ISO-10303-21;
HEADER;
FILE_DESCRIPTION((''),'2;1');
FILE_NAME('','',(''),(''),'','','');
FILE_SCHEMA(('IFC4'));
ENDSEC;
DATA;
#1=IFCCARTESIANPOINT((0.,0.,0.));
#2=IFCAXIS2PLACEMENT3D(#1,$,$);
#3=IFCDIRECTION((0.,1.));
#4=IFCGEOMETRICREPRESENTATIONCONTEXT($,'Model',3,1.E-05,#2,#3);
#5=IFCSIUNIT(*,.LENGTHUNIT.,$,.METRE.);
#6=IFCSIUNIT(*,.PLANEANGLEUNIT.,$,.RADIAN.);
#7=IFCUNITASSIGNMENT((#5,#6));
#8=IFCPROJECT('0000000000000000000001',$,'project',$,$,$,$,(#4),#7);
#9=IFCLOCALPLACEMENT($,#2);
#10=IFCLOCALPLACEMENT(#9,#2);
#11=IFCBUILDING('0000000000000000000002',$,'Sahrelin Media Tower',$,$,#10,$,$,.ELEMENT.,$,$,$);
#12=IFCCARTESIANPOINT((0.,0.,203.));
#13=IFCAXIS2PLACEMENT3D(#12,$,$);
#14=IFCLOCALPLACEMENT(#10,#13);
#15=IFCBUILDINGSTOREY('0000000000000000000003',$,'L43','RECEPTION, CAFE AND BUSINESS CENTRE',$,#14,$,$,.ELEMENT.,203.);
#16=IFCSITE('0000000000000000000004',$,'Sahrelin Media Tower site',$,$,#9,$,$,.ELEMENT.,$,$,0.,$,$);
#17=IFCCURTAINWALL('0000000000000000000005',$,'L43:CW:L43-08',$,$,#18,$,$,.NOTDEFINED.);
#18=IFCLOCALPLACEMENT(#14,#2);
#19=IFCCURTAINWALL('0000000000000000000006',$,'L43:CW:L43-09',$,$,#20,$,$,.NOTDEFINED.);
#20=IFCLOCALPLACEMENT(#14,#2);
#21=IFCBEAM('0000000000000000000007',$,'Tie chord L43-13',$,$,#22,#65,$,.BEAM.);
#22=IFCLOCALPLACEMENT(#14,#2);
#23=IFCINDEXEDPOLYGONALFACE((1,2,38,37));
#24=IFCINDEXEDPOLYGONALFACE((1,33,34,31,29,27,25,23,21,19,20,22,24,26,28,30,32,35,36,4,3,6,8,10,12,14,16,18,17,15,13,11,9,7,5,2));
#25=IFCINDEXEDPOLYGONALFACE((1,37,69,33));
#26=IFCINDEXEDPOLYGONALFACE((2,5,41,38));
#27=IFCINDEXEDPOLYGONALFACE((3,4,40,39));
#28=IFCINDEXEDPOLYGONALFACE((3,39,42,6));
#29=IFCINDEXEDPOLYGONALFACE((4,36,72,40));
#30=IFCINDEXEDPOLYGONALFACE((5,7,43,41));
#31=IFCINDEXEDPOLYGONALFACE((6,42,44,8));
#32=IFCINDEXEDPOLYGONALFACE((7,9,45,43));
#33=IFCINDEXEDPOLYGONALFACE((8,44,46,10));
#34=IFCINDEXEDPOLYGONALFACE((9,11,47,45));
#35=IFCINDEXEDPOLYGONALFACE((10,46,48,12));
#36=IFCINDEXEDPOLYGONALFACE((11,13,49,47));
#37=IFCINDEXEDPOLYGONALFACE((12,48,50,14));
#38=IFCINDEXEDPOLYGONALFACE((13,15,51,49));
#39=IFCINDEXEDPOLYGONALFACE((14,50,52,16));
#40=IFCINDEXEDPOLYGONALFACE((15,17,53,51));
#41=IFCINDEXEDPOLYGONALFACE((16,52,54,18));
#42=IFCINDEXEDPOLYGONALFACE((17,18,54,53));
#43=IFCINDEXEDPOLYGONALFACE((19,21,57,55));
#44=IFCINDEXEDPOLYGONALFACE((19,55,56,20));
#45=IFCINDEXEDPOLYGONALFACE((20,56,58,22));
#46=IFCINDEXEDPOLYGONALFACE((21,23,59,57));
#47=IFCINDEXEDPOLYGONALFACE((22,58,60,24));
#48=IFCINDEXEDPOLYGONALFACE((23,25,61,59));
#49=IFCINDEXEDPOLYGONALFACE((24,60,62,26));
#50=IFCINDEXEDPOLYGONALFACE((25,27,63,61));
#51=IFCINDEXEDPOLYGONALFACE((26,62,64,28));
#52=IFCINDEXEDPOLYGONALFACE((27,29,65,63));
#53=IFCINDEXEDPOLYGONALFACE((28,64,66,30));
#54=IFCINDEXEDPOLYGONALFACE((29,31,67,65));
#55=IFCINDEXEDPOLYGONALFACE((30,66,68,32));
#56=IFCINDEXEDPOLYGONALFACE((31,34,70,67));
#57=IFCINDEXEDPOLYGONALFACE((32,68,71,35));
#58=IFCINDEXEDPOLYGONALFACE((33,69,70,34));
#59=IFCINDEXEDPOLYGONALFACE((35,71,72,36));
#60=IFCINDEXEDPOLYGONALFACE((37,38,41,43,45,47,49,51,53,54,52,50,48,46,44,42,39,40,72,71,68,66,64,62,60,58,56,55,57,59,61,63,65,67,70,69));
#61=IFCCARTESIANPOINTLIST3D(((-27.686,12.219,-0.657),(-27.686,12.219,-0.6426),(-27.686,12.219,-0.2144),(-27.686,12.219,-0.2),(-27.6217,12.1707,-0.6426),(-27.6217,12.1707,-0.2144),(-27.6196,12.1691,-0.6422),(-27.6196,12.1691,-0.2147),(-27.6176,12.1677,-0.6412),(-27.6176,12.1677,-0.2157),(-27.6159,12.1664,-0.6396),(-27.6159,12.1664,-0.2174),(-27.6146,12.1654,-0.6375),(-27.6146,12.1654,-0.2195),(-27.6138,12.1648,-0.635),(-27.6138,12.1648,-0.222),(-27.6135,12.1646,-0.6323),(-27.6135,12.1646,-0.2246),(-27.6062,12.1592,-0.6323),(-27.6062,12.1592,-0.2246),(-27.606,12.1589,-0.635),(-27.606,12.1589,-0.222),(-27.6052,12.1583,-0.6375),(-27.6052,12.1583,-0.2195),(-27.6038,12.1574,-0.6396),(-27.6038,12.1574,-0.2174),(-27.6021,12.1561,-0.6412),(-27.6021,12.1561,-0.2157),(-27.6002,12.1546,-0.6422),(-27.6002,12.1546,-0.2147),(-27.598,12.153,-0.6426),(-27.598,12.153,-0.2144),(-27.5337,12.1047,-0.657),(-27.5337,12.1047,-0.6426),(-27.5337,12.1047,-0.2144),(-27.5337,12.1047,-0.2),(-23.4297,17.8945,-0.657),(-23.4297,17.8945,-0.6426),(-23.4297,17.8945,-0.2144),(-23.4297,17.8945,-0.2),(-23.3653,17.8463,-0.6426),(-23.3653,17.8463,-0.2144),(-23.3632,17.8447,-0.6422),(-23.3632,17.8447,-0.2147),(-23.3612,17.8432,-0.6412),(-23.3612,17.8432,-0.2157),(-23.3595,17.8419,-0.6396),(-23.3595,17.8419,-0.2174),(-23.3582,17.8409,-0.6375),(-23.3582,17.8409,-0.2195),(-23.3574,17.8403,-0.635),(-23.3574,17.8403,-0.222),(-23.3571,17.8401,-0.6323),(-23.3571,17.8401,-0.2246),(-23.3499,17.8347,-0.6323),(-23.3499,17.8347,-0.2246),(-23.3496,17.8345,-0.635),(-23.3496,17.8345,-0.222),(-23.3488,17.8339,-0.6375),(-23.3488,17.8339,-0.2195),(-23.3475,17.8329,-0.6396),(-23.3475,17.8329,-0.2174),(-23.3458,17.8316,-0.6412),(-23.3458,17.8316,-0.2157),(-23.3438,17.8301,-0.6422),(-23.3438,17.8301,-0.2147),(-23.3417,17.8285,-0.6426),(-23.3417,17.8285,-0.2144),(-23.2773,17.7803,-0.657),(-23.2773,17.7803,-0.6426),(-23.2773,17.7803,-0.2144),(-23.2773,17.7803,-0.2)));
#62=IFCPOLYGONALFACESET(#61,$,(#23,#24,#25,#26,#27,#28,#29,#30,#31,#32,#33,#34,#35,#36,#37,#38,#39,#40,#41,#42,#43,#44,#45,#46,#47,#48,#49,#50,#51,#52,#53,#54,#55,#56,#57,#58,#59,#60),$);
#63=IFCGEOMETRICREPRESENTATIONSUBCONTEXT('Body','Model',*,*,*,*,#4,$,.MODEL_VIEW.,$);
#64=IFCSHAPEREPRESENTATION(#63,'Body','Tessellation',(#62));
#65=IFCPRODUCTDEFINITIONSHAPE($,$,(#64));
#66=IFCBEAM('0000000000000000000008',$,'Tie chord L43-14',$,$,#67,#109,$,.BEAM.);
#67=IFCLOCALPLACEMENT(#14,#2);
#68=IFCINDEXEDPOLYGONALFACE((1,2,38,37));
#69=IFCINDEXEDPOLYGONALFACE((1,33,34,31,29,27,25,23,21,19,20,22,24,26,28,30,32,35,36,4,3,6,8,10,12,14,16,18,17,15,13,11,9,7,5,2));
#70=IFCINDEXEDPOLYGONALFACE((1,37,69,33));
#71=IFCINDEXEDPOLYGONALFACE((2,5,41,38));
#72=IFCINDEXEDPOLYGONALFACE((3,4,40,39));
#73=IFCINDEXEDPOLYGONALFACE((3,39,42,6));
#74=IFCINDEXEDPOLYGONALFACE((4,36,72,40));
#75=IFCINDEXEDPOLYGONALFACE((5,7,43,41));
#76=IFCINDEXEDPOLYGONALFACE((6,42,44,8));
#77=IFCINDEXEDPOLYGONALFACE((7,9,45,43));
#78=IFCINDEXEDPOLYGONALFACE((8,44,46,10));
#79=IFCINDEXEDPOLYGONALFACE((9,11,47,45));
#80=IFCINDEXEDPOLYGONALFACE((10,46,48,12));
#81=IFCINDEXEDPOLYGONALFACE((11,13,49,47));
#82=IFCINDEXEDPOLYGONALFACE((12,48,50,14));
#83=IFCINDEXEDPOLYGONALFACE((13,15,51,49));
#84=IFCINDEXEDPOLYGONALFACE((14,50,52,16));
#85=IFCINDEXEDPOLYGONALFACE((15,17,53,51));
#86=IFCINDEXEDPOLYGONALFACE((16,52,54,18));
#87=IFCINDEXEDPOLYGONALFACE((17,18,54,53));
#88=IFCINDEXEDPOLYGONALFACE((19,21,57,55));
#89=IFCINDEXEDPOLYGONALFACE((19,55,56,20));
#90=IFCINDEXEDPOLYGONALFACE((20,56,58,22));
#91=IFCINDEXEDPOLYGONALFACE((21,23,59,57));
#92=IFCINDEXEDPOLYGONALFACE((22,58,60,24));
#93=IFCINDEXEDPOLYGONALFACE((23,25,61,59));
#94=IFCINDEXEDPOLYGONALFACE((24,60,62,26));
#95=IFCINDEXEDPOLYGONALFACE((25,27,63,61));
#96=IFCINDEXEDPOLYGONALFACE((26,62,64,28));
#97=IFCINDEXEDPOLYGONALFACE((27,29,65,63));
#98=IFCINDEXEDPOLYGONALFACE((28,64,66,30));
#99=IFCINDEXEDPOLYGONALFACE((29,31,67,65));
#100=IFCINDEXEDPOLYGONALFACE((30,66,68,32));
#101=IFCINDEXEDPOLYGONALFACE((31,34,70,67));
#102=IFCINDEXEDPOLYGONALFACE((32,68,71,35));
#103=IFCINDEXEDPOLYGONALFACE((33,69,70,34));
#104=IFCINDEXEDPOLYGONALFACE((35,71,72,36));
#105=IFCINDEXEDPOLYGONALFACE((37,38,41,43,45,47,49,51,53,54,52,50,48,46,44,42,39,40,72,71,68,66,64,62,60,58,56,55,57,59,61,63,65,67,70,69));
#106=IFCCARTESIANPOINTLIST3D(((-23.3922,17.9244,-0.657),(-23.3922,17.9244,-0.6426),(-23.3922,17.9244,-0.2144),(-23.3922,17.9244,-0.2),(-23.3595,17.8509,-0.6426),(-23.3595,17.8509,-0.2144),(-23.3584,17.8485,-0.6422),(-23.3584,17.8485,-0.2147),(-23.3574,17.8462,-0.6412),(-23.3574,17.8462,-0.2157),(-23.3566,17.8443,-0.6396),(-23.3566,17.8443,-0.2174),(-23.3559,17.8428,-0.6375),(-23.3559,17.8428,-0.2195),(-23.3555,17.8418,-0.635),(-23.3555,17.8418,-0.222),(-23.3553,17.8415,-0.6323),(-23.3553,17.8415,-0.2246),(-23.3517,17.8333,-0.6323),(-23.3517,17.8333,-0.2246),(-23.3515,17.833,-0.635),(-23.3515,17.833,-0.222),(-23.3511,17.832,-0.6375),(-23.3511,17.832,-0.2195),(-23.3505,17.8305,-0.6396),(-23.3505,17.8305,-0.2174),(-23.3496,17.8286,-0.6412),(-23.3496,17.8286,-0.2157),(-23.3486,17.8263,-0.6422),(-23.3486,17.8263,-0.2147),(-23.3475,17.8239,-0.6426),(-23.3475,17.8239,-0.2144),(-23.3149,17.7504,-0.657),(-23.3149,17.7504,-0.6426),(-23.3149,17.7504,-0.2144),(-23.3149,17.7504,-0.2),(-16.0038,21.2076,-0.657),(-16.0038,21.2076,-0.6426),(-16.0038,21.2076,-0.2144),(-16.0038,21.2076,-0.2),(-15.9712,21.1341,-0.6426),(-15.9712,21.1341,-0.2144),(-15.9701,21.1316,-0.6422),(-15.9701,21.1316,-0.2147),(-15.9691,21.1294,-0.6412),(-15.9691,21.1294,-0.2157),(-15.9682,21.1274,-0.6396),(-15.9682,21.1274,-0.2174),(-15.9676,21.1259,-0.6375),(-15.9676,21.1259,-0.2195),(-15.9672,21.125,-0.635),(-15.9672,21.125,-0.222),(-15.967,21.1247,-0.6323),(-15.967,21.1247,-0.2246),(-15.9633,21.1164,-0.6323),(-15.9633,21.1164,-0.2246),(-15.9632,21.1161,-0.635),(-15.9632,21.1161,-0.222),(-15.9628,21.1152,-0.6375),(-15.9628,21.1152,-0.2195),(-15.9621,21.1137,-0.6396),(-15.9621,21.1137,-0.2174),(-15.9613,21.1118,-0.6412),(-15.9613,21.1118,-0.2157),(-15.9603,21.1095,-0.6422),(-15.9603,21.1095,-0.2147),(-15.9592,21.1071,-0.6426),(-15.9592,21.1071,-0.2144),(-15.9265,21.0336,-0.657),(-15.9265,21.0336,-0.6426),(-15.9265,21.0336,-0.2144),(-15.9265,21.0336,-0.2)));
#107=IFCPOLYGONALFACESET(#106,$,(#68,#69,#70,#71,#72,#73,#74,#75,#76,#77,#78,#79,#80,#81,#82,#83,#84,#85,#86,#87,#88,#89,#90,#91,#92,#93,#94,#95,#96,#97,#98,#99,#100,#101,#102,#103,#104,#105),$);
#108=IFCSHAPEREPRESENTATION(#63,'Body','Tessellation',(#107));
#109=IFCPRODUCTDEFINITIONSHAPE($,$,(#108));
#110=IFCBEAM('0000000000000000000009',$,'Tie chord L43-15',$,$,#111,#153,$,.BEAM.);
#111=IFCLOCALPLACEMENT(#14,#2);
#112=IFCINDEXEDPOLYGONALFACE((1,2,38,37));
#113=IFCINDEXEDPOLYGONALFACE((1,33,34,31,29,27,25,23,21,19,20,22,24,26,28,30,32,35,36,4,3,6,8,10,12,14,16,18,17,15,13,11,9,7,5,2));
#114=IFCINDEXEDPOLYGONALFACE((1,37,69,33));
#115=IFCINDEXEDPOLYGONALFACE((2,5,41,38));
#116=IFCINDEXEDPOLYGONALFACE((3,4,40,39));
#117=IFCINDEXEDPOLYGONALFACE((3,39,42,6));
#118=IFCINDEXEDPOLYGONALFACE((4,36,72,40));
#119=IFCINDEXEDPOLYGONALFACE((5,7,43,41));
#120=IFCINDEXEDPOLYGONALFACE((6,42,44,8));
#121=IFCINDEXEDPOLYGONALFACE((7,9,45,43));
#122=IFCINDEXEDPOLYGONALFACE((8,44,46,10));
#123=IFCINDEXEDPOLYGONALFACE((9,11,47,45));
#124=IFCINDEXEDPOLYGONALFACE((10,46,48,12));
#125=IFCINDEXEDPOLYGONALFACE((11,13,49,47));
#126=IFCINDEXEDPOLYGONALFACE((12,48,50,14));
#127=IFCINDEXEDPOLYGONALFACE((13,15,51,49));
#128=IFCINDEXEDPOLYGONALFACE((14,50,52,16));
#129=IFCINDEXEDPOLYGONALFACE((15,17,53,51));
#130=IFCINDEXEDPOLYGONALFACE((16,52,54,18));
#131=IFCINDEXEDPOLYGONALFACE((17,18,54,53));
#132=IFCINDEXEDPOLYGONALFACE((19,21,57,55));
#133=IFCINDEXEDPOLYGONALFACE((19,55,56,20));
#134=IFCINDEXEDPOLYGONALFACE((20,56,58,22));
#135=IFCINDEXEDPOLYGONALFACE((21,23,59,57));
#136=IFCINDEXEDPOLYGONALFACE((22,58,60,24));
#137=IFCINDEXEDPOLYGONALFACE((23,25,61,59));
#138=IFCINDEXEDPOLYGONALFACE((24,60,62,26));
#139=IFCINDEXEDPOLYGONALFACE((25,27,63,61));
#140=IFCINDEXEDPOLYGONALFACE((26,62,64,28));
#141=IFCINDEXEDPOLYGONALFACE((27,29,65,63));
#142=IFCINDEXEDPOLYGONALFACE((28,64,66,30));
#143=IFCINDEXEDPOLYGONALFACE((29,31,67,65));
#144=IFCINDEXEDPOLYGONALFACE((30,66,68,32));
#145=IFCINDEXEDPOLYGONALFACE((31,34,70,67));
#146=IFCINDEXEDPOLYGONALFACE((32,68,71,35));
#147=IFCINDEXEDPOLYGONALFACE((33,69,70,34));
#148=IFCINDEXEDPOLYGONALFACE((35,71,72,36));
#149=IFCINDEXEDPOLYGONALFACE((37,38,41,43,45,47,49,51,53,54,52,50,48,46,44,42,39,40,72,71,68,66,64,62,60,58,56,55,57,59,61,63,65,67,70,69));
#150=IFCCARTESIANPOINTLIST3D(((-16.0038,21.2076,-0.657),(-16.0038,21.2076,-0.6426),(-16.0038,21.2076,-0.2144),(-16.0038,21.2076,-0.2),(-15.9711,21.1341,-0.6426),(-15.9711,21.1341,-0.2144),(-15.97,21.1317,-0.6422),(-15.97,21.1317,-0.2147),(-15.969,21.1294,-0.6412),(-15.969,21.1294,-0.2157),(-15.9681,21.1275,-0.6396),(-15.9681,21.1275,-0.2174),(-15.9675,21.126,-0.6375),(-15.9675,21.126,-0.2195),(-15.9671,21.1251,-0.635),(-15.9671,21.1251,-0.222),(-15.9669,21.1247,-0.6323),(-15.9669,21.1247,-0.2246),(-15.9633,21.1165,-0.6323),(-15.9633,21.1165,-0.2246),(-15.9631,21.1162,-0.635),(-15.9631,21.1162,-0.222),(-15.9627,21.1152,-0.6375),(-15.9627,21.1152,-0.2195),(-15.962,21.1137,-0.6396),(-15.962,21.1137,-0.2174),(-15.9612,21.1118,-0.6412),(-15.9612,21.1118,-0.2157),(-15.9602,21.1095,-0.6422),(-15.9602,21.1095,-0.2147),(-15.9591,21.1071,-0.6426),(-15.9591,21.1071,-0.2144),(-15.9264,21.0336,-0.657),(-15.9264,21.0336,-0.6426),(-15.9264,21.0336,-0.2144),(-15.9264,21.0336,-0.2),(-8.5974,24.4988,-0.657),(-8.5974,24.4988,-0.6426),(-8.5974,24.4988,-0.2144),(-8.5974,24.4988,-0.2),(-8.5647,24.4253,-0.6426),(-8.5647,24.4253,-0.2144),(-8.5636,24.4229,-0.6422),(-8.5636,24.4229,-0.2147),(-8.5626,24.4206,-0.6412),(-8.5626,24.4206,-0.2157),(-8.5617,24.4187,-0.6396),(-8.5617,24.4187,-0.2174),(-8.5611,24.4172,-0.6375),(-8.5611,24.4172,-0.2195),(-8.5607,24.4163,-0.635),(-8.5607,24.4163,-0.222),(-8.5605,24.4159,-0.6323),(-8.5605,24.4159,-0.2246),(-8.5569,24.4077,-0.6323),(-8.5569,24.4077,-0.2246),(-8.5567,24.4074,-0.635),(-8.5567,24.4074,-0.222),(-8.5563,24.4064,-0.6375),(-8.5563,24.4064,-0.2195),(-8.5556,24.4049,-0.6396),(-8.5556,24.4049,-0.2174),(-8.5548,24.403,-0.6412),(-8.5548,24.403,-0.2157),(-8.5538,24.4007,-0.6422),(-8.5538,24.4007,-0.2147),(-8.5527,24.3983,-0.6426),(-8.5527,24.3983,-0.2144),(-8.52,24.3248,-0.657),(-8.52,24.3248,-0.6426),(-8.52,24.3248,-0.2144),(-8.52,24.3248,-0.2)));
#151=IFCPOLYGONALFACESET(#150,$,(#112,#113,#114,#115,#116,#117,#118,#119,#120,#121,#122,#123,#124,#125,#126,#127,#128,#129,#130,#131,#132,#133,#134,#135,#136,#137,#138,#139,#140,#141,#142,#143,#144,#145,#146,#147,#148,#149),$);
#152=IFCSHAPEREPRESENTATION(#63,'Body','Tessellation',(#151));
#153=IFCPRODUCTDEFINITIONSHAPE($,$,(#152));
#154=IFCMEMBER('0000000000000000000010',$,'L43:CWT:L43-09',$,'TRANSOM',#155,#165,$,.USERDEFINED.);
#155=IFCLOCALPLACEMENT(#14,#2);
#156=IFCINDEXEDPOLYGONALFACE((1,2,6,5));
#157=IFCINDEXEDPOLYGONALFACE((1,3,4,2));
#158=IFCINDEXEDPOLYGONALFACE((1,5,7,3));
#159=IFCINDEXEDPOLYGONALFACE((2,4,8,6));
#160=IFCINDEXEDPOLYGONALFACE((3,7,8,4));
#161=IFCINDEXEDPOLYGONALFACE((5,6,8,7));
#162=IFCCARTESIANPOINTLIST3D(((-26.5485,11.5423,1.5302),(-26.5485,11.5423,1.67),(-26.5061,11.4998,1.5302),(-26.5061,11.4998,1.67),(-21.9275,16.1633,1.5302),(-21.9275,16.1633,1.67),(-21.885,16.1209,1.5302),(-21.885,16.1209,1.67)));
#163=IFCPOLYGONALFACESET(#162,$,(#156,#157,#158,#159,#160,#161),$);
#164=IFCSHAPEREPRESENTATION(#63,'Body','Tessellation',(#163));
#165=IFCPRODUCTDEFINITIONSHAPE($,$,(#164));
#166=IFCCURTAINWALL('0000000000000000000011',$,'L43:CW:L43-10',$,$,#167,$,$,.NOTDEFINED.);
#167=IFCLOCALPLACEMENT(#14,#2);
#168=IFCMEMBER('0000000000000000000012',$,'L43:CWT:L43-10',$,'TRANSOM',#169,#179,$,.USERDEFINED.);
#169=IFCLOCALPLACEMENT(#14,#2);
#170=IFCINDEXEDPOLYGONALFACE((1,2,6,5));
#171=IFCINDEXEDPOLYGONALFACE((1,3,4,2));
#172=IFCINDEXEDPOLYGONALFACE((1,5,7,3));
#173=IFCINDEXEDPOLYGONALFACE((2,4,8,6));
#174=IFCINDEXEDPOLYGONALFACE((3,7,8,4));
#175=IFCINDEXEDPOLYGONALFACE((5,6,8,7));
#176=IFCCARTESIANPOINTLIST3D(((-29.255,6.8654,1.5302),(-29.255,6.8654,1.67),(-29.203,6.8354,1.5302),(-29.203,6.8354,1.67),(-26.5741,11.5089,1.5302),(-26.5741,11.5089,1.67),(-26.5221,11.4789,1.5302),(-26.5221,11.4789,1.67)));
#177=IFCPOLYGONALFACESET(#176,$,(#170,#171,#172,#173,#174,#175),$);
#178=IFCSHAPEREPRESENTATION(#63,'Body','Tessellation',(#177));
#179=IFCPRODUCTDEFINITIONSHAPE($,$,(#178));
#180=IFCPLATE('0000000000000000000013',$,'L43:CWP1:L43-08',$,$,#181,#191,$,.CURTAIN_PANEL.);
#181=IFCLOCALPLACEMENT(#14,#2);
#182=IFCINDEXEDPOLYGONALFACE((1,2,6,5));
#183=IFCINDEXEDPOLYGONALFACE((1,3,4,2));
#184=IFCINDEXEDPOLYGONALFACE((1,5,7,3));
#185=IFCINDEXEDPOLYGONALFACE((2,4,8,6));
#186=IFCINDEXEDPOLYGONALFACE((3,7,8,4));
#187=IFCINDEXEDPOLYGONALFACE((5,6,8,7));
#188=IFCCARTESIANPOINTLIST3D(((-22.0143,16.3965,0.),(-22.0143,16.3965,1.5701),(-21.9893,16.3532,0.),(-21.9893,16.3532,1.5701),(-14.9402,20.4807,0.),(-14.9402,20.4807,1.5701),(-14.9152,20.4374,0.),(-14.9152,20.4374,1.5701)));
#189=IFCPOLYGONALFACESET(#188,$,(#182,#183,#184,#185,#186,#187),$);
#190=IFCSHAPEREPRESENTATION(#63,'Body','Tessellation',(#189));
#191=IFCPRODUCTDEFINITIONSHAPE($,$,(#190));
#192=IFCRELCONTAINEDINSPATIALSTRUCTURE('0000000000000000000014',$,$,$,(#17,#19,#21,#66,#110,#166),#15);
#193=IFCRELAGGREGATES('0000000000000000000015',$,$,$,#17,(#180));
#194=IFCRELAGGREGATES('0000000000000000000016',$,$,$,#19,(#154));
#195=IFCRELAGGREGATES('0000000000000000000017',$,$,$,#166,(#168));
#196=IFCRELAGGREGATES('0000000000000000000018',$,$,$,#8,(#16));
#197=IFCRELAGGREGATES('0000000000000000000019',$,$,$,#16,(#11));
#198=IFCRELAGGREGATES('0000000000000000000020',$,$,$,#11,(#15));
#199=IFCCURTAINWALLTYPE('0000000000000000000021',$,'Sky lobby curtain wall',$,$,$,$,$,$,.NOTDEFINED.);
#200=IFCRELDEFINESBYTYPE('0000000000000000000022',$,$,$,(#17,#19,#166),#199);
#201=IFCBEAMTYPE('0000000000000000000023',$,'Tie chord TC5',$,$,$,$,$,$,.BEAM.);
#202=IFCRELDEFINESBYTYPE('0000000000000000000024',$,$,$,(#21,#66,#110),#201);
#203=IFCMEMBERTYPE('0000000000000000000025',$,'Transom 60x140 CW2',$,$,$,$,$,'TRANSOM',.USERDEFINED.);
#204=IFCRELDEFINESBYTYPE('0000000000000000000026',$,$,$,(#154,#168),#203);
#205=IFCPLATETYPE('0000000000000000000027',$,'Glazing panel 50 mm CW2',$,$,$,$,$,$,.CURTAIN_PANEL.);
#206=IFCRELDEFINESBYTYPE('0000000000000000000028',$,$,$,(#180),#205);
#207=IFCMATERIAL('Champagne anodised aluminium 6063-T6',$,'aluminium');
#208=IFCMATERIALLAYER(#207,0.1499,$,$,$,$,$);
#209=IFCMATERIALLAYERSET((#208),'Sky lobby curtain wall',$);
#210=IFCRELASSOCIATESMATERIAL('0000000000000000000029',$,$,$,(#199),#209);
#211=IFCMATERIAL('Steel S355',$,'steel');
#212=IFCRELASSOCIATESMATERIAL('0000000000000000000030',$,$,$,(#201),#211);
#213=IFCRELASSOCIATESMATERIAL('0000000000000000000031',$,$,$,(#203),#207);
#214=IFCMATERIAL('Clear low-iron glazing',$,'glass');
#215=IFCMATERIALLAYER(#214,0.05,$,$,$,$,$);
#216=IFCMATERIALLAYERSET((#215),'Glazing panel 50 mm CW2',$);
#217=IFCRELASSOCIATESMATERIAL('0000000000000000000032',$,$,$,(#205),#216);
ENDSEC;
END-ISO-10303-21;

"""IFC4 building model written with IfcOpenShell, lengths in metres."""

from ifc_helpers import new_model, si_unit, direction, frame, origin, origin_2d, place, context, subcontext, project, spatial, polyline, rectangle, i_section, outline, extrude, material, layer, layer_set, material_profile, profile_set, type_object, element, aggregate, save


model = new_model("IFC4")

# Units and contexts
model_context = context("Model", 3, precision=1e-05, world=origin(), true_north=direction((0.0, 1.0)))
body_context = subcontext(model_context, "Body", "Model", "MODEL_VIEW")
ifc_project = project(units=[si_unit("LENGTHUNIT", "METRE"), si_unit("PLANEANGLEUNIT", "RADIAN")], contexts=[model_context])

# Site, building, storey
site_placement = place(None, origin())
site = spatial("IfcSite", under=ifc_project, at=site_placement, Name="Sahrelin Media Tower site", CompositionType="ELEMENT", RefElevation=0.0)
building_placement = place(site_placement, origin())
building = spatial("IfcBuilding", under=site, at=building_placement, Name="Sahrelin Media Tower", CompositionType="ELEMENT")
storey_placement = place(building_placement, frame((0.0, 0.0, 203.0)))
storey = spatial("IfcBuildingStorey", under=building, at=storey_placement, Name="L43", Description="RECEPTION, CAFE AND BUSINESS CENTRE", CompositionType="ELEMENT", Elevation=203.0)

# Shared definitions
ifc_material_1 = material(Name="Steel S355", Category="steel")

# Curtain walls
ifc_material_2 = material(Name="Champagne anodised aluminium 6063-T6", Category="aluminium")
ifc_layer_1 = layer(ifc_material_2, 0.1499)
ifc_layer_set_1 = layer_set([ifc_layer_1], Name="Sky lobby curtain wall")
curtain_wall_type = type_object("IfcCurtainWallType", Name="Sky lobby curtain wall", PredefinedType="NOTDEFINED", material=ifc_layer_set_1)
curtain_wall_1_placement = place(storey_placement, frame((-18.4673, 18.4211, 0.0), z_axis=(0.0, 0.0, 1.0), x_axis=(1.0, 0.0, 0.0)))
curtain_wall_1 = element("IfcCurtainWall", 1, at=curtain_wall_1_placement, inside=storey, type_object=curtain_wall_type, Name="L43:CW:L43-08", PredefinedType="NOTDEFINED")
curtain_wall_2_placement = place(storey_placement, frame((-24.3936, 14.0083, 0.0), z_axis=(0.0, 0.0, 1.0), x_axis=(1.0, 0.0, 0.0)))
curtain_wall_2 = element("IfcCurtainWall", 2, at=curtain_wall_2_placement, inside=storey, type_object=curtain_wall_type, Name="L43:CW:L43-09", PredefinedType="NOTDEFINED")

# Beams
ifc_material_profile_1 = material_profile(ifc_material_1, i_section(OverallWidth=0.1904, OverallDepth=0.457, WebThickness=0.009, FlangeThickness=0.0144, FilletRadius=0.0103, at=origin_2d()), Name="UB 457x191x74")
ifc_profile_set_1 = profile_set([ifc_material_profile_1], Name="Steel S355")
beam_type_1 = type_object("IfcBeamType", Name="Tie chord TC5", PredefinedType="BEAM", material=ifc_profile_set_1)
beam_1_placement = place(storey_placement, frame((-27.6099, 12.1619, -0.4285), z_axis=(0.599972, 0.800021, 0.0), x_axis=(-0.800021, 0.599972, 0.0)))
element("IfcBeam", 3, at=beam_1_placement, inside=storey, type_object=beam_type_1, Name="Tie chord L43-13", PredefinedType="BEAM", context=body_context, shape_type="SweptSolid", body=[
    extrude(i_section(OverallWidth=0.1904, OverallDepth=0.457, WebThickness=0.009, FlangeThickness=0.0144, FilletRadius=0.0103, at=origin_2d()), origin(), (0.0, 0.0, 1.0), 7.0942),
])
beam_2_placement = place(storey_placement, frame((-23.3535, 17.8374, -0.4285), z_axis=(0.913836, 0.406082, 0.0), x_axis=(-0.406082, 0.913836, 0.0)))
element("IfcBeam", 4, at=beam_2_placement, inside=storey, type_object=beam_type_1, Name="Tie chord L43-14", PredefinedType="BEAM", context=body_context, shape_type="SweptSolid", body=[
    extrude(i_section(OverallWidth=0.1904, OverallDepth=0.457, WebThickness=0.009, FlangeThickness=0.0144, FilletRadius=0.0103, at=origin_2d()), origin(), (0.0, 0.0, 1.0), 8.085),
])
beam_3_placement = place(storey_placement, frame((-15.9651, 21.1206, -0.4285), z_axis=(0.913835, 0.406085, 0.0), x_axis=(-0.406085, 0.913835, 0.0)))
element("IfcBeam", 5, at=beam_3_placement, inside=storey, type_object=beam_type_1, Name="Tie chord L43-15", PredefinedType="BEAM", context=body_context, shape_type="SweptSolid", body=[
    extrude(i_section(OverallWidth=0.1904, OverallDepth=0.457, WebThickness=0.009, FlangeThickness=0.0144, FilletRadius=0.0103, at=origin_2d()), origin(), (0.0, 0.0, 1.0), 8.1047),
])

# Member
ifc_material_profile_2 = material_profile(ifc_material_2, rectangle(XDim=0.0601, YDim=0.1399, at=origin_2d()), Name="Transom 60x140")
ifc_profile_set_2 = profile_set([ifc_material_profile_2], Name="Champagne anodised aluminium 6063-T6")
member_type_1 = type_object("IfcMemberType", Name="Transom 60x140 CW2", ElementType="TRANSOM", PredefinedType="USERDEFINED", material=ifc_profile_set_2)
member_1_placement = place(storey_placement, frame((-21.9062, 16.1421, 1.6001), z_axis=(-0.707107, -0.707107, 0.0), x_axis=(0.707107, -0.707107, 0.0)))
member_1 = element("IfcMember", 6, at=member_1_placement, type_object=member_type_1, Name="L43:CWT:L43-09", ObjectType="TRANSOM", PredefinedType="USERDEFINED", context=body_context, shape_type="SweptSolid", body=[
    extrude(rectangle(XDim=0.0601, YDim=0.1399, at=origin_2d()), origin(), (0.0, 0.0, 1.0), 6.5352),
])

# Curtain wall, member
curtain_wall_3_placement = place(storey_placement, frame((-28.105, 9.2971, 0.0), z_axis=(0.0, 0.0, 1.0), x_axis=(1.0, 0.0, 0.0)))
curtain_wall_3 = element("IfcCurtainWall", 7, at=curtain_wall_3_placement, inside=storey, type_object=curtain_wall_type, Name="L43:CW:L43-10", PredefinedType="NOTDEFINED")
member_2_placement = place(storey_placement, frame((-26.5481, 11.4939, 1.6001), z_axis=(-0.499993, -0.866029, 0.0), x_axis=(0.866029, -0.499993, 0.0)))
member_2 = element("IfcMember", 8, at=member_2_placement, type_object=member_type_1, Name="L43:CWT:L43-10", ObjectType="TRANSOM", PredefinedType="USERDEFINED", context=body_context, shape_type="SweptSolid", body=[
    extrude(rectangle(XDim=0.0601, YDim=0.1399, at=origin_2d()), origin(), (0.0, 0.0, 1.0), 5.3618),
])

# Plate
ifc_material_3 = material(Name="Clear low-iron glazing", Category="glass")
ifc_layer_2 = layer(ifc_material_3, 0.05)
ifc_layer_set_2 = layer_set([ifc_layer_2], Name="Glazing panel 50 mm CW2")
plate_type = type_object("IfcPlateType", Name="Glazing panel 50 mm CW2", PredefinedType="CURTAIN_PANEL", material=ifc_layer_set_2)
plate_1_placement = place(storey_placement, frame((-14.9402, 20.4807, 0.0), z_axis=(-0.499993, 0.866029, 0.0), x_axis=(-0.866029, -0.499993, 0.0)))
plate_1 = element("IfcPlate", 9, at=plate_1_placement, type_object=plate_type, Name="L43:CWP1:L43-08", PredefinedType="CURTAIN_PANEL", context=body_context, shape_type="SweptSolid", body=[
    extrude(outline(polyline([(0.0, 0.0), (8.1685, 0.0), (8.1685, 1.5701), (0.0, 1.5701), (0.0, 0.0)])), origin(), (0.0, 0.0, -1.0), 0.05),
])
aggregate(curtain_wall_1, [plate_1])
aggregate(curtain_wall_2, [member_1])
aggregate(curtain_wall_3, [member_2])

save(model, "model.ifc")
